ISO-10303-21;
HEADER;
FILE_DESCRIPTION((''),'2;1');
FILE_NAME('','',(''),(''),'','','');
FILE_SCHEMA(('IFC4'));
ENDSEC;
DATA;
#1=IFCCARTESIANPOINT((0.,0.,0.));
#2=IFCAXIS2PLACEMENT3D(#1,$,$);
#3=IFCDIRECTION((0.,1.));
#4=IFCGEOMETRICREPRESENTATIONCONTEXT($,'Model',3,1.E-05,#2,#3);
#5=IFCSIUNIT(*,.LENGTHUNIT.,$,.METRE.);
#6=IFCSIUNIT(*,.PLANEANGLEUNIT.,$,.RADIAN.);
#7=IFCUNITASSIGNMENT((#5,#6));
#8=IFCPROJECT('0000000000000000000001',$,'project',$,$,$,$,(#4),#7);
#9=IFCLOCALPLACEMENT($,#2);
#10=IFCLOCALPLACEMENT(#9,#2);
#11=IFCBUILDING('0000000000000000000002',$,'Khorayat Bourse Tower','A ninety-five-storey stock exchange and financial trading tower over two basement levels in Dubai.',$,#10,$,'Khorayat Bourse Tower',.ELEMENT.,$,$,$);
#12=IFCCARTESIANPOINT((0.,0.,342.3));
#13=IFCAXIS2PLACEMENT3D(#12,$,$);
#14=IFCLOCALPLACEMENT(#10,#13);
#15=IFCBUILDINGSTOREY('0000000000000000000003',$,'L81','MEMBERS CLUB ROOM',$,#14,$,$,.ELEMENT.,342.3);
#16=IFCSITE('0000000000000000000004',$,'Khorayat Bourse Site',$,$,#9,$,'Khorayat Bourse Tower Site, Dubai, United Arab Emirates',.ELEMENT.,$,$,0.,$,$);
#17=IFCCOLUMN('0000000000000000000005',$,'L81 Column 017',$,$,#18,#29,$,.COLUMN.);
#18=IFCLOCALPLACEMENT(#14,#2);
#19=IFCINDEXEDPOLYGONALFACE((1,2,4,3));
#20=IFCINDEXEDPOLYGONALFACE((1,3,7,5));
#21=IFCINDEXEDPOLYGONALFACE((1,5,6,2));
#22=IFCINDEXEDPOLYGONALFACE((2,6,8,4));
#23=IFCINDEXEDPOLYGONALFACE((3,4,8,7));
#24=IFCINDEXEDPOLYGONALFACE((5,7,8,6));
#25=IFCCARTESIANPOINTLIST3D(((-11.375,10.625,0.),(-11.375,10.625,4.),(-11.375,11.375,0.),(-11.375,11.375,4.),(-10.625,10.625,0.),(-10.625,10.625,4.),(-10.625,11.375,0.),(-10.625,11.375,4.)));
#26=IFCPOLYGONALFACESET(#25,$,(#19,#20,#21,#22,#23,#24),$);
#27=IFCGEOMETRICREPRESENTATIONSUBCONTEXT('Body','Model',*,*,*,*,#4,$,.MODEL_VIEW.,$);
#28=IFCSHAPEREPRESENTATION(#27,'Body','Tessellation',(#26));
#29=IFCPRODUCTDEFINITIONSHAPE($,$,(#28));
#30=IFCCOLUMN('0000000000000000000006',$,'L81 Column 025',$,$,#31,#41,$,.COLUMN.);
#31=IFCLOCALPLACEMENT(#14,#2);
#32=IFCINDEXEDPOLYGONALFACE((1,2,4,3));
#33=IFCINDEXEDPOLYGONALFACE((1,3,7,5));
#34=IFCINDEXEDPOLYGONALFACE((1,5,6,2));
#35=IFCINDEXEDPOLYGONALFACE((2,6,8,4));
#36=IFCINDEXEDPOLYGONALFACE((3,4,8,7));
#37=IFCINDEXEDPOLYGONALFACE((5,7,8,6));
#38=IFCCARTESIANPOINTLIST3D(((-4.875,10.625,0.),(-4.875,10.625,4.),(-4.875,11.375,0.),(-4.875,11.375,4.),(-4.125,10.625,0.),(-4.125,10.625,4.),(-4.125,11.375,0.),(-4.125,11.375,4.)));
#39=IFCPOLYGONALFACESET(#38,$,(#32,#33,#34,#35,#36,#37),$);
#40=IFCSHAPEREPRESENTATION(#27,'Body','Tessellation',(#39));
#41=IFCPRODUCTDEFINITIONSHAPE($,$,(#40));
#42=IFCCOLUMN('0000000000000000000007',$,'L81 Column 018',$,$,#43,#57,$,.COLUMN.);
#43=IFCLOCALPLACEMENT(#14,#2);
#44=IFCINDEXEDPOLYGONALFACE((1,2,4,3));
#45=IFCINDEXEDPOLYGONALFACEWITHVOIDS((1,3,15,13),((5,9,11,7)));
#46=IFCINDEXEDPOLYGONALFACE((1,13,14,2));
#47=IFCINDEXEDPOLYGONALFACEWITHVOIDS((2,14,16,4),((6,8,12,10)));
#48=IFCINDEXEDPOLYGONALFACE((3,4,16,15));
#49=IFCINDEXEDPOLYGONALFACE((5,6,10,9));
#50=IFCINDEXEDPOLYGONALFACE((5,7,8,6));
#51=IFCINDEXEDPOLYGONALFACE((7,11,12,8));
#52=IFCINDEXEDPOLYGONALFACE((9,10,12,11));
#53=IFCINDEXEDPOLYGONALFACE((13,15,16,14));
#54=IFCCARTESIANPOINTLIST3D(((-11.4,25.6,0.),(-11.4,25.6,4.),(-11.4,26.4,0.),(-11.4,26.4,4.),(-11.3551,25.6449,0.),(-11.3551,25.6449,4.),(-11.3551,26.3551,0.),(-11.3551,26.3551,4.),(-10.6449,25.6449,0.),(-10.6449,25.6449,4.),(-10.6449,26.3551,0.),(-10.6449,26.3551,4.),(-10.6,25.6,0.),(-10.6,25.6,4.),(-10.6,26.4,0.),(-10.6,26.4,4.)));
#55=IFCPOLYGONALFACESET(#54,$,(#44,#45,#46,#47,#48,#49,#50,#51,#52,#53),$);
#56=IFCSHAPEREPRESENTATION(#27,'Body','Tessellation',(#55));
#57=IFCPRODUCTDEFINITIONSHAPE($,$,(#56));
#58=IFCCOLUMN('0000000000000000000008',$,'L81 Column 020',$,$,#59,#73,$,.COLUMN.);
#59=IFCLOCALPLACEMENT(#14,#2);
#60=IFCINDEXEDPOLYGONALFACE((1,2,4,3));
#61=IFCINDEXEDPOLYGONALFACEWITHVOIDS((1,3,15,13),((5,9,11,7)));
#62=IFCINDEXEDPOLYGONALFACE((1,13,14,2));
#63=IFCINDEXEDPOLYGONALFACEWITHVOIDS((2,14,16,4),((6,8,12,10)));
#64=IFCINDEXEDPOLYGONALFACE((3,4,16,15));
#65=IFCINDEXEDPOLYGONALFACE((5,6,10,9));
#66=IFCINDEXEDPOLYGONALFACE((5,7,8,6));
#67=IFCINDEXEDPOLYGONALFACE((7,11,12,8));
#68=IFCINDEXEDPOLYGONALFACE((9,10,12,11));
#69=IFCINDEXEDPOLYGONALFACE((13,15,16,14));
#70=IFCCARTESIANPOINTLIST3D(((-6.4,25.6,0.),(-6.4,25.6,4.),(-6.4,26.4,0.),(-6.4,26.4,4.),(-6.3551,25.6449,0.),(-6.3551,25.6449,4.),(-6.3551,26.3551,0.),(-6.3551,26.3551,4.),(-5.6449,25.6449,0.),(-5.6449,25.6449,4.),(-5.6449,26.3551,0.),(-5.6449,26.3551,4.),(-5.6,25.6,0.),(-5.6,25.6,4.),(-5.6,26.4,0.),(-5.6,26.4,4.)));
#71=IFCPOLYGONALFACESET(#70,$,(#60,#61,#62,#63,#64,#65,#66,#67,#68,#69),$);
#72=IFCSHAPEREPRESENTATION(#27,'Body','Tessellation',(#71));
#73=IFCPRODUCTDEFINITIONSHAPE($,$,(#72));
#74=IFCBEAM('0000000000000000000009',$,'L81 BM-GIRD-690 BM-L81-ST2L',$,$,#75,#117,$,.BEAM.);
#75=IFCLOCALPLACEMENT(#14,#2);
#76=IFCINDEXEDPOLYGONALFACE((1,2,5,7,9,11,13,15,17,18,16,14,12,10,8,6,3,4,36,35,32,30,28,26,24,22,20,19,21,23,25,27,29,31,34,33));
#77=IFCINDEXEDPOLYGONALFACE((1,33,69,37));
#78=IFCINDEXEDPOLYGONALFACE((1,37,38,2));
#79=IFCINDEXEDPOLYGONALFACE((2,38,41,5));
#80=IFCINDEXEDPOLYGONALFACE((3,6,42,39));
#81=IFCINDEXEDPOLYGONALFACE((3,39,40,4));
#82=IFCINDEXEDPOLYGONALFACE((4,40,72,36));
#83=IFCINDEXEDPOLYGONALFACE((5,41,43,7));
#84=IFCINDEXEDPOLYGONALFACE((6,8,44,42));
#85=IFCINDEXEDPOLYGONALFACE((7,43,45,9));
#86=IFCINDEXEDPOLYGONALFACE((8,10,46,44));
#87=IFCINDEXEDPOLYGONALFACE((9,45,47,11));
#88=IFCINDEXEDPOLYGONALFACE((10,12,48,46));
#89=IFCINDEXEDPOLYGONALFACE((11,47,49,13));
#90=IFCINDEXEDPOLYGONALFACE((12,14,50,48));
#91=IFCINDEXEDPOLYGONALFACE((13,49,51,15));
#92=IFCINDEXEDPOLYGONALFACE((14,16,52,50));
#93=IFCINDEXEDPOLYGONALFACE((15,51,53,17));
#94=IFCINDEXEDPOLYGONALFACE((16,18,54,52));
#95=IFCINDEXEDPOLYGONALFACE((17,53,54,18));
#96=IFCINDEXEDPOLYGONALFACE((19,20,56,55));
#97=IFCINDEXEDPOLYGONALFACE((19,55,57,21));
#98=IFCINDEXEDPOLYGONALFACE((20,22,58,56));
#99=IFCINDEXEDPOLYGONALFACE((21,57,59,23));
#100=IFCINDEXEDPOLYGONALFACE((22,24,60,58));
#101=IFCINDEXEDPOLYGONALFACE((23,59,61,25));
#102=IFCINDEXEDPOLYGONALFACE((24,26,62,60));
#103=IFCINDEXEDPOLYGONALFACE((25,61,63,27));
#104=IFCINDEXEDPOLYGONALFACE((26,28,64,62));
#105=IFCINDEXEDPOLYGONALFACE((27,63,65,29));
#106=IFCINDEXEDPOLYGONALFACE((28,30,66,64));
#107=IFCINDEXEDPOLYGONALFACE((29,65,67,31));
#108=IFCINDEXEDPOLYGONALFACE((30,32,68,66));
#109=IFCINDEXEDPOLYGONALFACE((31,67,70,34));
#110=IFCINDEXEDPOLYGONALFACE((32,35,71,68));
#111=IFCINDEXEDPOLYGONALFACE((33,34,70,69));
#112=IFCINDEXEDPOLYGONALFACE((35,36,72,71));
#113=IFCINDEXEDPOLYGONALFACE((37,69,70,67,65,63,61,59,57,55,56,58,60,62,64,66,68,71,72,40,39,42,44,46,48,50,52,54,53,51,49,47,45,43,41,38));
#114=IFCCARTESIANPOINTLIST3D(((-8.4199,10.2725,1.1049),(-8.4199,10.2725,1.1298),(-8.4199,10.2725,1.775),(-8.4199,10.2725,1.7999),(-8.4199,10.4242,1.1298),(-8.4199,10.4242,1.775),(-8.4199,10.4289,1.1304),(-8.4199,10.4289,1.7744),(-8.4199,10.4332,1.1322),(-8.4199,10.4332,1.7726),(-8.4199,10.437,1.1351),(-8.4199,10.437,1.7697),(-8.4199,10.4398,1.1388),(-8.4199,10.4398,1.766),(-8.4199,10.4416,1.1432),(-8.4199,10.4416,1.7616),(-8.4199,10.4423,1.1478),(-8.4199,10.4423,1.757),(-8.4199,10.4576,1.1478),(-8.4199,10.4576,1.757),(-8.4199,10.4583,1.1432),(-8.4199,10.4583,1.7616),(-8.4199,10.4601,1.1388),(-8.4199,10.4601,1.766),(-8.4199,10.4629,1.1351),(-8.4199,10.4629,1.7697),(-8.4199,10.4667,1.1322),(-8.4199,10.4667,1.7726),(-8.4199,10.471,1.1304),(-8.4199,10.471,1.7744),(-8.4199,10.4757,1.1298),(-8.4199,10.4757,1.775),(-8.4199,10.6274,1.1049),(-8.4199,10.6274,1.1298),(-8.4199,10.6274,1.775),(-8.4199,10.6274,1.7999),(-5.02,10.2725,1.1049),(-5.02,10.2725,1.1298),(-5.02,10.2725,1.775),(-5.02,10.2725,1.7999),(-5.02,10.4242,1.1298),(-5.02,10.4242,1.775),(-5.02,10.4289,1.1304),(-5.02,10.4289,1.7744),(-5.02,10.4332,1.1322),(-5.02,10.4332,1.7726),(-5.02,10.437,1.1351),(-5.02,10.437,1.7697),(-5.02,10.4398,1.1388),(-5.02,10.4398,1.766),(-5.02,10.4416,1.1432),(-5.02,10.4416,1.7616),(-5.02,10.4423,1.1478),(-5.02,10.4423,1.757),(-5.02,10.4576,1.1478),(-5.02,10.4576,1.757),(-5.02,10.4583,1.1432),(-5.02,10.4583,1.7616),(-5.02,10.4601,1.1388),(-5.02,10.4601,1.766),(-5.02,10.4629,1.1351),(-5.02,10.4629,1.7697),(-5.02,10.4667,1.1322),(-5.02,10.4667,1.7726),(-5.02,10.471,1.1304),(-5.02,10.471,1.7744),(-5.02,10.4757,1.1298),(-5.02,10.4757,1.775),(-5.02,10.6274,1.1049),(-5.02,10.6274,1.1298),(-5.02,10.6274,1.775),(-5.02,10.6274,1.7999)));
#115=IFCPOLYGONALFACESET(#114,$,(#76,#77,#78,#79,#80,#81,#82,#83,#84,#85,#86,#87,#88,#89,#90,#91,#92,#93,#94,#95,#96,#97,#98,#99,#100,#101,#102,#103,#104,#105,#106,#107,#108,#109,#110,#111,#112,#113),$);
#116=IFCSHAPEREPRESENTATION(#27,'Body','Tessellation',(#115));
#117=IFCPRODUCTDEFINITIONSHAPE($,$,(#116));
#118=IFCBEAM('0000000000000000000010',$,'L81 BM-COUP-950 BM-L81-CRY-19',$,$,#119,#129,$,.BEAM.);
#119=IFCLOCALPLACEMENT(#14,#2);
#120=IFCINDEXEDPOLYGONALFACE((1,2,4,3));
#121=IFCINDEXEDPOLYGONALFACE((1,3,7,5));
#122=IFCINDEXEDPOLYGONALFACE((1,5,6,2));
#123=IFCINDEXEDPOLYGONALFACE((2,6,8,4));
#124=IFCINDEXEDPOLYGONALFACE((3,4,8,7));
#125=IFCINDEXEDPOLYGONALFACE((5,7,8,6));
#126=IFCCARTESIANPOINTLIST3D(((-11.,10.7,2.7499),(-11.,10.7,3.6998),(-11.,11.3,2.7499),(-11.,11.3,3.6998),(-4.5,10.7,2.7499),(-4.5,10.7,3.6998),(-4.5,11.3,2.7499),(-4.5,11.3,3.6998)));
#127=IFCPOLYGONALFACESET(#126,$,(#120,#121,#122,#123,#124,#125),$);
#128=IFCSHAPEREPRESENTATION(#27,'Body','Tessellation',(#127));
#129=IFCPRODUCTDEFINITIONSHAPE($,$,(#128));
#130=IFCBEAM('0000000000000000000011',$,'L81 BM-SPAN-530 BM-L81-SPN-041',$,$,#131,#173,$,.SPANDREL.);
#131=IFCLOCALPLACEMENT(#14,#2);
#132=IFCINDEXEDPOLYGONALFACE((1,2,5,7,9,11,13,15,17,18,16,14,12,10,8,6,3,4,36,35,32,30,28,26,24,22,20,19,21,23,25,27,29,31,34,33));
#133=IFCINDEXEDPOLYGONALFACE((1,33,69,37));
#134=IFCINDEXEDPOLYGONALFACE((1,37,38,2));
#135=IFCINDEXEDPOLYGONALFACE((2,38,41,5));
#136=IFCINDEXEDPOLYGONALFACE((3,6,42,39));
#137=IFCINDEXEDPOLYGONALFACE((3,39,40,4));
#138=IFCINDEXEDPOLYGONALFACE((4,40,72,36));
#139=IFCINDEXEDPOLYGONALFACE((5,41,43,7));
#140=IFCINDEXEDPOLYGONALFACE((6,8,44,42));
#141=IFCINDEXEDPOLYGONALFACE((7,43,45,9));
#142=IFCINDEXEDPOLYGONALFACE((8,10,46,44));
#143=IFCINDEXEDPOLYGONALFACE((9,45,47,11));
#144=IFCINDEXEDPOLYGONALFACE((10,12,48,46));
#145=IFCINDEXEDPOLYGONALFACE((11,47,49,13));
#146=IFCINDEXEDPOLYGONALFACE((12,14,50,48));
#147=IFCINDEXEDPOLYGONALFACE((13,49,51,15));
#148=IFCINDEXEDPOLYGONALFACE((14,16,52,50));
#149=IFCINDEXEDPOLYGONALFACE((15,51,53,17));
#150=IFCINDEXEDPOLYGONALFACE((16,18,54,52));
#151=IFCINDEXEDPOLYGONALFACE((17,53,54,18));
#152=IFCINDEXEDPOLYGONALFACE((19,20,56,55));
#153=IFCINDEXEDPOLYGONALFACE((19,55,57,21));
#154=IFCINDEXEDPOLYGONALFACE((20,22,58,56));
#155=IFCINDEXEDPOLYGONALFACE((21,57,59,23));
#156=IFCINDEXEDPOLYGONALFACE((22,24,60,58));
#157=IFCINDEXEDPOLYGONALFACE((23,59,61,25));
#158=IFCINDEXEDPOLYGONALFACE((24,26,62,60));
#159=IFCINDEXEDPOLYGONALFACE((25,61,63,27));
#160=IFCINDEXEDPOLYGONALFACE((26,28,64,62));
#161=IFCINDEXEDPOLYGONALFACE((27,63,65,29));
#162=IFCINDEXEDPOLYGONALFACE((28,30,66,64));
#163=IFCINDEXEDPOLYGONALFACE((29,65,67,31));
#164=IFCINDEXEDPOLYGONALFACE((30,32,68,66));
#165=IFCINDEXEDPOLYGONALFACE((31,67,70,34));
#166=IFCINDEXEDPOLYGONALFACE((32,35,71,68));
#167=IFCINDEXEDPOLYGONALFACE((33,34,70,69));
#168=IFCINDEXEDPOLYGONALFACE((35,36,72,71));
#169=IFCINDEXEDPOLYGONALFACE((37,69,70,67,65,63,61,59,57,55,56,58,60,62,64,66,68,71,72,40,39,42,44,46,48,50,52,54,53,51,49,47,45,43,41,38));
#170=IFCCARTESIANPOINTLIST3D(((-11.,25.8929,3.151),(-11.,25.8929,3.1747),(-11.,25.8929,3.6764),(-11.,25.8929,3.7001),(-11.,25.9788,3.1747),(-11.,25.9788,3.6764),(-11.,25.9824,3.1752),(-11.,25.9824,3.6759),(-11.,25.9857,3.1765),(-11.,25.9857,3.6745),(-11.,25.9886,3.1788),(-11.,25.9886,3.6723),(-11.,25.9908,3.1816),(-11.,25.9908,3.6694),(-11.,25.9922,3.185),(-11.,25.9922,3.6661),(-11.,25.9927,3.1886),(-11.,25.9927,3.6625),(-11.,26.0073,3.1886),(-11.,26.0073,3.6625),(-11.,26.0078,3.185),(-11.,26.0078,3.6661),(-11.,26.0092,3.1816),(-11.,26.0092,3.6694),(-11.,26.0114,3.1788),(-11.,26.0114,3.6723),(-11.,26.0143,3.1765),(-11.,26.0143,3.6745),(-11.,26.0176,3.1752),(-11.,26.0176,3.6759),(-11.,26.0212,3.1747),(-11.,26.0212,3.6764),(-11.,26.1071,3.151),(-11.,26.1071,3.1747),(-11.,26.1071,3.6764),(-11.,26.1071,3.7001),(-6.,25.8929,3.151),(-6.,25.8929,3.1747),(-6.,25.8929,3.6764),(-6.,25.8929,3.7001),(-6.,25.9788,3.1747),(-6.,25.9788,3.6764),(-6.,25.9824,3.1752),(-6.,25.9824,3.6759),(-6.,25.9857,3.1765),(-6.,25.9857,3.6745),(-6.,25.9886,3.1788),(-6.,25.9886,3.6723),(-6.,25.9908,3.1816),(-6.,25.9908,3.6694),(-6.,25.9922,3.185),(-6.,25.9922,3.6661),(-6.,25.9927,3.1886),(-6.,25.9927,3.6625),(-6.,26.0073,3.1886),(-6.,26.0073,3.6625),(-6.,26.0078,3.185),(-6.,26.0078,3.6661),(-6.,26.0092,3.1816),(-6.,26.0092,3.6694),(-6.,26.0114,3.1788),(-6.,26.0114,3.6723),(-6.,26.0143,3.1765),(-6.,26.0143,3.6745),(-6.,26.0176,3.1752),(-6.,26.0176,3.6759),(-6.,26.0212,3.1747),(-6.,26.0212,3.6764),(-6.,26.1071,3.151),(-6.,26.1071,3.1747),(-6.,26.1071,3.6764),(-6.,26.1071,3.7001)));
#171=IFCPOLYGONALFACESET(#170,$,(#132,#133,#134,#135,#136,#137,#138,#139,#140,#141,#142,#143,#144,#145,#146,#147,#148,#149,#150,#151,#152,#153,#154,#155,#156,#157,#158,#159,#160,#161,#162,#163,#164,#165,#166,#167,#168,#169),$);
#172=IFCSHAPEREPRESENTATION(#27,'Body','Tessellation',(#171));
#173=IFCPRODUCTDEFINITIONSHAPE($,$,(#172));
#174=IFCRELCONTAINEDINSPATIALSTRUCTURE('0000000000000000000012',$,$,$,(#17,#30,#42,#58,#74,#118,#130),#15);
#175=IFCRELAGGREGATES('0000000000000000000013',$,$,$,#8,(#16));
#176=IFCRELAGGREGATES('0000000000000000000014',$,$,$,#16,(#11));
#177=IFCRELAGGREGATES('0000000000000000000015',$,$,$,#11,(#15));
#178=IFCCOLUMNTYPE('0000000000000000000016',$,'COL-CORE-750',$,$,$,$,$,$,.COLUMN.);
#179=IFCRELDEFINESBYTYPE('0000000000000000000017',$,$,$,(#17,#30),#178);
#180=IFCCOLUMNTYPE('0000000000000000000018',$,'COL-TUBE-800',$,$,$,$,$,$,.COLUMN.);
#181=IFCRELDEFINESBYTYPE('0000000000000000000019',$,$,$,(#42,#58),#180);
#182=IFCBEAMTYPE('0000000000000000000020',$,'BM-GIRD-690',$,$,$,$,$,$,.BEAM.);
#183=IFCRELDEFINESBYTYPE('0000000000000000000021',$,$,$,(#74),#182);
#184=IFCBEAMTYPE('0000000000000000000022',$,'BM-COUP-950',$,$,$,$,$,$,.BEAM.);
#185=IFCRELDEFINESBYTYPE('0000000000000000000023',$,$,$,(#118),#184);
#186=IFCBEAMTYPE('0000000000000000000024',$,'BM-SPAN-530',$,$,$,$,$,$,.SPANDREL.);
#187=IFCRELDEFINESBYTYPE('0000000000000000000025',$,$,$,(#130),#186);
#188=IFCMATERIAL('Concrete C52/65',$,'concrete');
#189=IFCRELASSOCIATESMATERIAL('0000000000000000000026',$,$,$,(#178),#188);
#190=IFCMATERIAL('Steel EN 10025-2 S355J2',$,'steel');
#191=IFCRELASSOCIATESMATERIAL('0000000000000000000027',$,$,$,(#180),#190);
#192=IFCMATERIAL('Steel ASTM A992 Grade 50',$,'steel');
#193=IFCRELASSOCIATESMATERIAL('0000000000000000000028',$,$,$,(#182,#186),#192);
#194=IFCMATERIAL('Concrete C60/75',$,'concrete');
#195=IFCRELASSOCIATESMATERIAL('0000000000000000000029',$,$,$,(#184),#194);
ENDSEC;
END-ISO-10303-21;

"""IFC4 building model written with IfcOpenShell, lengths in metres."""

from ifc_helpers import new_model, si_unit, direction, frame, origin, origin_2d, place, context, subcontext, project, spatial, rectangle, hollow_rectangle, i_section, extrude, source, transform, mapped, material, material_profile, profile_set, type_object, element, save


model = new_model("IFC4")

# Units and contexts
model_context = context("Model", 3, precision=1e-05, world=origin(), true_north=direction((0.0, 1.0)))
body_context = subcontext(model_context, "Body", "Model", "MODEL_VIEW")
ifc_project = project(units=[si_unit("LENGTHUNIT", "METRE"), si_unit("PLANEANGLEUNIT", "RADIAN")], contexts=[model_context])

# Site, building, storey
site_placement = place(None, origin())
site = spatial("IfcSite", under=ifc_project, at=site_placement, Name="Khorayat Bourse Site", LongName="Khorayat Bourse Tower Site, Dubai, United Arab Emirates", CompositionType="ELEMENT", RefElevation=0.0)
building_placement = place(site_placement, origin())
building = spatial("IfcBuilding", under=site, at=building_placement, Name="Khorayat Bourse Tower", Description="A ninety-five-storey stock exchange and financial trading tower over two basement levels in Dubai.", LongName="Khorayat Bourse Tower", CompositionType="ELEMENT")
storey_placement = place(building_placement, frame((0.0, 0.0, 342.3)))
storey = spatial("IfcBuildingStorey", under=building, at=storey_placement, Name="L81", Description="MEMBERS CLUB ROOM", CompositionType="ELEMENT", Elevation=342.3)

# Columns
ifc_material_1 = material(Name="Concrete C52/65", Category="concrete")
ifc_material_profile_1 = material_profile(ifc_material_1, rectangle(XDim=0.75, YDim=0.75, at=origin_2d()), Name="RC 750x750")
ifc_profile_set_1 = profile_set([ifc_material_profile_1], Name="Concrete C52/65")
column_type_1 = type_object("IfcColumnType", Name="COL-CORE-750", PredefinedType="COLUMN", material=ifc_profile_set_1)
shared_shape_1 = source(origin(), body_context, "Body", "SweptSolid", [
    extrude(rectangle(XDim=0.75, YDim=0.75, at=origin_2d()), origin(), (0.0, 0.0, 1.0), 4.0),
])
for number, where, z_axis, x_axis, name in (
    (1, (-11.0, 11.0, 0.0), (0.0, 0.0, 1.0), (1.0, 0.0, 0.0), "L81 Column 017"),
    (2, (-4.5, 11.0, 0.0), (0.0, 0.0, 1.0), (1.0, 0.0, 0.0), "L81 Column 025"),
):
    element("IfcColumn", number, at=place(storey_placement, frame(where, z_axis=z_axis, x_axis=x_axis)), inside=storey, type_object=column_type_1, Name=name, PredefinedType="COLUMN", context=body_context, shape_type="MappedRepresentation", body=[
        mapped(shared_shape_1, transform((0.0, 0.0, 0.0), scale=1.0)),
    ])
ifc_material_2 = material(Name="Steel EN 10025-2 S355J2", Category="steel")
ifc_material_profile_2 = material_profile(ifc_material_2, hollow_rectangle(XDim=0.8, YDim=0.8, WallThickness=0.0449, at=origin_2d()), Name="BOX 800x800x45")
ifc_profile_set_2 = profile_set([ifc_material_profile_2], Name="Steel EN 10025-2 S355J2")
column_type_2 = type_object("IfcColumnType", Name="COL-TUBE-800", PredefinedType="COLUMN", material=ifc_profile_set_2)
shared_shape_2 = source(origin(), body_context, "Body", "SweptSolid", [
    extrude(hollow_rectangle(XDim=0.8, YDim=0.8, WallThickness=0.0449, at=origin_2d()), origin(), (0.0, 0.0, 1.0), 4.0),
])
for number, where, z_axis, x_axis, name in (
    (3, (-11.0, 26.0, 0.0), (0.0, 0.0, 1.0), (1.0, 0.0, 0.0), "L81 Column 018"),
    (4, (-6.0, 26.0, 0.0), (0.0, 0.0, 1.0), (1.0, 0.0, 0.0), "L81 Column 020"),
):
    element("IfcColumn", number, at=place(storey_placement, frame(where, z_axis=z_axis, x_axis=x_axis)), inside=storey, type_object=column_type_2, Name=name, PredefinedType="COLUMN", context=body_context, shape_type="MappedRepresentation", body=[
        mapped(shared_shape_2, transform((0.0, 0.0, 0.0), scale=1.0)),
    ])

# Beams
ifc_material_3 = material(Name="Steel ASTM A992 Grade 50", Category="steel")
ifc_material_profile_3 = material_profile(ifc_material_3, i_section(OverallWidth=0.355, OverallDepth=0.6951, WebThickness=0.0154, FlangeThickness=0.0249, FilletRadius=0.0181, at=origin_2d()), Name="W690X217")
ifc_profile_set_3 = profile_set([ifc_material_profile_3], Name="Steel ASTM A992 Grade 50")
beam_type_1 = type_object("IfcBeamType", Name="BM-GIRD-690", PredefinedType="BEAM", material=ifc_profile_set_3)
shared_shape_3 = source(origin(), body_context, "Body", "SweptSolid", [
    extrude(i_section(OverallWidth=0.355, OverallDepth=0.6951, WebThickness=0.0154, FlangeThickness=0.0249, FilletRadius=0.0181, at=origin_2d()), origin(), (0.0, 0.0, 1.0), 3.3999),
])
beam_1_placement = place(storey_placement, frame((-8.4199, 10.45, 1.4524), z_axis=(1.0, 0.0, 0.0), x_axis=(0.0, 1.0, 0.0)))
element("IfcBeam", 5, at=beam_1_placement, inside=storey, type_object=beam_type_1, Name="L81 BM-GIRD-690 BM-L81-ST2L", PredefinedType="BEAM", context=body_context, shape_type="MappedRepresentation", body=[
    mapped(shared_shape_3, transform((0.0, 0.0, 0.0), scale=1.0)),
])
ifc_material_4 = material(Name="Concrete C60/75", Category="concrete")
ifc_material_profile_4 = material_profile(ifc_material_4, rectangle(XDim=0.6001, YDim=0.95, at=origin_2d()), Name="RC 600x950")
ifc_profile_set_4 = profile_set([ifc_material_profile_4], Name="Concrete C60/75")
beam_type_2 = type_object("IfcBeamType", Name="BM-COUP-950", PredefinedType="BEAM", material=ifc_profile_set_4)
shared_shape_4 = source(origin(), body_context, "Body", "SweptSolid", [
    extrude(rectangle(XDim=0.6001, YDim=0.95, at=origin_2d()), origin(), (0.0, 0.0, 1.0), 6.5),
])
beam_2_placement = place(storey_placement, frame((-11.0, 11.0, 3.2249), z_axis=(1.0, 0.0, 0.0), x_axis=(0.0, 1.0, 0.0)))
element("IfcBeam", 6, at=beam_2_placement, inside=storey, type_object=beam_type_2, Name="L81 BM-COUP-950 BM-L81-CRY-19", PredefinedType="BEAM", context=body_context, shape_type="MappedRepresentation", body=[
    mapped(shared_shape_4, transform((0.0, 0.0, 0.0), scale=1.0)),
])
ifc_material_profile_5 = material_profile(ifc_material_3, i_section(OverallWidth=0.2141, OverallDepth=0.5491, WebThickness=0.0146, FlangeThickness=0.0237, FilletRadius=0.0139, at=origin_2d()), Name="W530X138")
ifc_profile_set_5 = profile_set([ifc_material_profile_5], Name="Steel ASTM A992 Grade 50")
beam_type_3 = type_object("IfcBeamType", Name="BM-SPAN-530", PredefinedType="SPANDREL", material=ifc_profile_set_5)
shared_shape_5 = source(origin(), body_context, "Body", "SweptSolid", [
    extrude(i_section(OverallWidth=0.2141, OverallDepth=0.5491, WebThickness=0.0146, FlangeThickness=0.0237, FilletRadius=0.0139, at=origin_2d()), origin(), (0.0, 0.0, 1.0), 5.0),
])
beam_3_placement = place(storey_placement, frame((-11.0, 26.0, 3.4255), z_axis=(1.0, 0.0, 0.0), x_axis=(0.0, 1.0, 0.0)))
element("IfcBeam", 7, at=beam_3_placement, inside=storey, type_object=beam_type_3, Name="L81 BM-SPAN-530 BM-L81-SPN-041", PredefinedType="SPANDREL", context=body_context, shape_type="MappedRepresentation", body=[
    mapped(shared_shape_5, transform((0.0, 0.0, 0.0), scale=1.0)),
])

save(model, "model.ifc")
